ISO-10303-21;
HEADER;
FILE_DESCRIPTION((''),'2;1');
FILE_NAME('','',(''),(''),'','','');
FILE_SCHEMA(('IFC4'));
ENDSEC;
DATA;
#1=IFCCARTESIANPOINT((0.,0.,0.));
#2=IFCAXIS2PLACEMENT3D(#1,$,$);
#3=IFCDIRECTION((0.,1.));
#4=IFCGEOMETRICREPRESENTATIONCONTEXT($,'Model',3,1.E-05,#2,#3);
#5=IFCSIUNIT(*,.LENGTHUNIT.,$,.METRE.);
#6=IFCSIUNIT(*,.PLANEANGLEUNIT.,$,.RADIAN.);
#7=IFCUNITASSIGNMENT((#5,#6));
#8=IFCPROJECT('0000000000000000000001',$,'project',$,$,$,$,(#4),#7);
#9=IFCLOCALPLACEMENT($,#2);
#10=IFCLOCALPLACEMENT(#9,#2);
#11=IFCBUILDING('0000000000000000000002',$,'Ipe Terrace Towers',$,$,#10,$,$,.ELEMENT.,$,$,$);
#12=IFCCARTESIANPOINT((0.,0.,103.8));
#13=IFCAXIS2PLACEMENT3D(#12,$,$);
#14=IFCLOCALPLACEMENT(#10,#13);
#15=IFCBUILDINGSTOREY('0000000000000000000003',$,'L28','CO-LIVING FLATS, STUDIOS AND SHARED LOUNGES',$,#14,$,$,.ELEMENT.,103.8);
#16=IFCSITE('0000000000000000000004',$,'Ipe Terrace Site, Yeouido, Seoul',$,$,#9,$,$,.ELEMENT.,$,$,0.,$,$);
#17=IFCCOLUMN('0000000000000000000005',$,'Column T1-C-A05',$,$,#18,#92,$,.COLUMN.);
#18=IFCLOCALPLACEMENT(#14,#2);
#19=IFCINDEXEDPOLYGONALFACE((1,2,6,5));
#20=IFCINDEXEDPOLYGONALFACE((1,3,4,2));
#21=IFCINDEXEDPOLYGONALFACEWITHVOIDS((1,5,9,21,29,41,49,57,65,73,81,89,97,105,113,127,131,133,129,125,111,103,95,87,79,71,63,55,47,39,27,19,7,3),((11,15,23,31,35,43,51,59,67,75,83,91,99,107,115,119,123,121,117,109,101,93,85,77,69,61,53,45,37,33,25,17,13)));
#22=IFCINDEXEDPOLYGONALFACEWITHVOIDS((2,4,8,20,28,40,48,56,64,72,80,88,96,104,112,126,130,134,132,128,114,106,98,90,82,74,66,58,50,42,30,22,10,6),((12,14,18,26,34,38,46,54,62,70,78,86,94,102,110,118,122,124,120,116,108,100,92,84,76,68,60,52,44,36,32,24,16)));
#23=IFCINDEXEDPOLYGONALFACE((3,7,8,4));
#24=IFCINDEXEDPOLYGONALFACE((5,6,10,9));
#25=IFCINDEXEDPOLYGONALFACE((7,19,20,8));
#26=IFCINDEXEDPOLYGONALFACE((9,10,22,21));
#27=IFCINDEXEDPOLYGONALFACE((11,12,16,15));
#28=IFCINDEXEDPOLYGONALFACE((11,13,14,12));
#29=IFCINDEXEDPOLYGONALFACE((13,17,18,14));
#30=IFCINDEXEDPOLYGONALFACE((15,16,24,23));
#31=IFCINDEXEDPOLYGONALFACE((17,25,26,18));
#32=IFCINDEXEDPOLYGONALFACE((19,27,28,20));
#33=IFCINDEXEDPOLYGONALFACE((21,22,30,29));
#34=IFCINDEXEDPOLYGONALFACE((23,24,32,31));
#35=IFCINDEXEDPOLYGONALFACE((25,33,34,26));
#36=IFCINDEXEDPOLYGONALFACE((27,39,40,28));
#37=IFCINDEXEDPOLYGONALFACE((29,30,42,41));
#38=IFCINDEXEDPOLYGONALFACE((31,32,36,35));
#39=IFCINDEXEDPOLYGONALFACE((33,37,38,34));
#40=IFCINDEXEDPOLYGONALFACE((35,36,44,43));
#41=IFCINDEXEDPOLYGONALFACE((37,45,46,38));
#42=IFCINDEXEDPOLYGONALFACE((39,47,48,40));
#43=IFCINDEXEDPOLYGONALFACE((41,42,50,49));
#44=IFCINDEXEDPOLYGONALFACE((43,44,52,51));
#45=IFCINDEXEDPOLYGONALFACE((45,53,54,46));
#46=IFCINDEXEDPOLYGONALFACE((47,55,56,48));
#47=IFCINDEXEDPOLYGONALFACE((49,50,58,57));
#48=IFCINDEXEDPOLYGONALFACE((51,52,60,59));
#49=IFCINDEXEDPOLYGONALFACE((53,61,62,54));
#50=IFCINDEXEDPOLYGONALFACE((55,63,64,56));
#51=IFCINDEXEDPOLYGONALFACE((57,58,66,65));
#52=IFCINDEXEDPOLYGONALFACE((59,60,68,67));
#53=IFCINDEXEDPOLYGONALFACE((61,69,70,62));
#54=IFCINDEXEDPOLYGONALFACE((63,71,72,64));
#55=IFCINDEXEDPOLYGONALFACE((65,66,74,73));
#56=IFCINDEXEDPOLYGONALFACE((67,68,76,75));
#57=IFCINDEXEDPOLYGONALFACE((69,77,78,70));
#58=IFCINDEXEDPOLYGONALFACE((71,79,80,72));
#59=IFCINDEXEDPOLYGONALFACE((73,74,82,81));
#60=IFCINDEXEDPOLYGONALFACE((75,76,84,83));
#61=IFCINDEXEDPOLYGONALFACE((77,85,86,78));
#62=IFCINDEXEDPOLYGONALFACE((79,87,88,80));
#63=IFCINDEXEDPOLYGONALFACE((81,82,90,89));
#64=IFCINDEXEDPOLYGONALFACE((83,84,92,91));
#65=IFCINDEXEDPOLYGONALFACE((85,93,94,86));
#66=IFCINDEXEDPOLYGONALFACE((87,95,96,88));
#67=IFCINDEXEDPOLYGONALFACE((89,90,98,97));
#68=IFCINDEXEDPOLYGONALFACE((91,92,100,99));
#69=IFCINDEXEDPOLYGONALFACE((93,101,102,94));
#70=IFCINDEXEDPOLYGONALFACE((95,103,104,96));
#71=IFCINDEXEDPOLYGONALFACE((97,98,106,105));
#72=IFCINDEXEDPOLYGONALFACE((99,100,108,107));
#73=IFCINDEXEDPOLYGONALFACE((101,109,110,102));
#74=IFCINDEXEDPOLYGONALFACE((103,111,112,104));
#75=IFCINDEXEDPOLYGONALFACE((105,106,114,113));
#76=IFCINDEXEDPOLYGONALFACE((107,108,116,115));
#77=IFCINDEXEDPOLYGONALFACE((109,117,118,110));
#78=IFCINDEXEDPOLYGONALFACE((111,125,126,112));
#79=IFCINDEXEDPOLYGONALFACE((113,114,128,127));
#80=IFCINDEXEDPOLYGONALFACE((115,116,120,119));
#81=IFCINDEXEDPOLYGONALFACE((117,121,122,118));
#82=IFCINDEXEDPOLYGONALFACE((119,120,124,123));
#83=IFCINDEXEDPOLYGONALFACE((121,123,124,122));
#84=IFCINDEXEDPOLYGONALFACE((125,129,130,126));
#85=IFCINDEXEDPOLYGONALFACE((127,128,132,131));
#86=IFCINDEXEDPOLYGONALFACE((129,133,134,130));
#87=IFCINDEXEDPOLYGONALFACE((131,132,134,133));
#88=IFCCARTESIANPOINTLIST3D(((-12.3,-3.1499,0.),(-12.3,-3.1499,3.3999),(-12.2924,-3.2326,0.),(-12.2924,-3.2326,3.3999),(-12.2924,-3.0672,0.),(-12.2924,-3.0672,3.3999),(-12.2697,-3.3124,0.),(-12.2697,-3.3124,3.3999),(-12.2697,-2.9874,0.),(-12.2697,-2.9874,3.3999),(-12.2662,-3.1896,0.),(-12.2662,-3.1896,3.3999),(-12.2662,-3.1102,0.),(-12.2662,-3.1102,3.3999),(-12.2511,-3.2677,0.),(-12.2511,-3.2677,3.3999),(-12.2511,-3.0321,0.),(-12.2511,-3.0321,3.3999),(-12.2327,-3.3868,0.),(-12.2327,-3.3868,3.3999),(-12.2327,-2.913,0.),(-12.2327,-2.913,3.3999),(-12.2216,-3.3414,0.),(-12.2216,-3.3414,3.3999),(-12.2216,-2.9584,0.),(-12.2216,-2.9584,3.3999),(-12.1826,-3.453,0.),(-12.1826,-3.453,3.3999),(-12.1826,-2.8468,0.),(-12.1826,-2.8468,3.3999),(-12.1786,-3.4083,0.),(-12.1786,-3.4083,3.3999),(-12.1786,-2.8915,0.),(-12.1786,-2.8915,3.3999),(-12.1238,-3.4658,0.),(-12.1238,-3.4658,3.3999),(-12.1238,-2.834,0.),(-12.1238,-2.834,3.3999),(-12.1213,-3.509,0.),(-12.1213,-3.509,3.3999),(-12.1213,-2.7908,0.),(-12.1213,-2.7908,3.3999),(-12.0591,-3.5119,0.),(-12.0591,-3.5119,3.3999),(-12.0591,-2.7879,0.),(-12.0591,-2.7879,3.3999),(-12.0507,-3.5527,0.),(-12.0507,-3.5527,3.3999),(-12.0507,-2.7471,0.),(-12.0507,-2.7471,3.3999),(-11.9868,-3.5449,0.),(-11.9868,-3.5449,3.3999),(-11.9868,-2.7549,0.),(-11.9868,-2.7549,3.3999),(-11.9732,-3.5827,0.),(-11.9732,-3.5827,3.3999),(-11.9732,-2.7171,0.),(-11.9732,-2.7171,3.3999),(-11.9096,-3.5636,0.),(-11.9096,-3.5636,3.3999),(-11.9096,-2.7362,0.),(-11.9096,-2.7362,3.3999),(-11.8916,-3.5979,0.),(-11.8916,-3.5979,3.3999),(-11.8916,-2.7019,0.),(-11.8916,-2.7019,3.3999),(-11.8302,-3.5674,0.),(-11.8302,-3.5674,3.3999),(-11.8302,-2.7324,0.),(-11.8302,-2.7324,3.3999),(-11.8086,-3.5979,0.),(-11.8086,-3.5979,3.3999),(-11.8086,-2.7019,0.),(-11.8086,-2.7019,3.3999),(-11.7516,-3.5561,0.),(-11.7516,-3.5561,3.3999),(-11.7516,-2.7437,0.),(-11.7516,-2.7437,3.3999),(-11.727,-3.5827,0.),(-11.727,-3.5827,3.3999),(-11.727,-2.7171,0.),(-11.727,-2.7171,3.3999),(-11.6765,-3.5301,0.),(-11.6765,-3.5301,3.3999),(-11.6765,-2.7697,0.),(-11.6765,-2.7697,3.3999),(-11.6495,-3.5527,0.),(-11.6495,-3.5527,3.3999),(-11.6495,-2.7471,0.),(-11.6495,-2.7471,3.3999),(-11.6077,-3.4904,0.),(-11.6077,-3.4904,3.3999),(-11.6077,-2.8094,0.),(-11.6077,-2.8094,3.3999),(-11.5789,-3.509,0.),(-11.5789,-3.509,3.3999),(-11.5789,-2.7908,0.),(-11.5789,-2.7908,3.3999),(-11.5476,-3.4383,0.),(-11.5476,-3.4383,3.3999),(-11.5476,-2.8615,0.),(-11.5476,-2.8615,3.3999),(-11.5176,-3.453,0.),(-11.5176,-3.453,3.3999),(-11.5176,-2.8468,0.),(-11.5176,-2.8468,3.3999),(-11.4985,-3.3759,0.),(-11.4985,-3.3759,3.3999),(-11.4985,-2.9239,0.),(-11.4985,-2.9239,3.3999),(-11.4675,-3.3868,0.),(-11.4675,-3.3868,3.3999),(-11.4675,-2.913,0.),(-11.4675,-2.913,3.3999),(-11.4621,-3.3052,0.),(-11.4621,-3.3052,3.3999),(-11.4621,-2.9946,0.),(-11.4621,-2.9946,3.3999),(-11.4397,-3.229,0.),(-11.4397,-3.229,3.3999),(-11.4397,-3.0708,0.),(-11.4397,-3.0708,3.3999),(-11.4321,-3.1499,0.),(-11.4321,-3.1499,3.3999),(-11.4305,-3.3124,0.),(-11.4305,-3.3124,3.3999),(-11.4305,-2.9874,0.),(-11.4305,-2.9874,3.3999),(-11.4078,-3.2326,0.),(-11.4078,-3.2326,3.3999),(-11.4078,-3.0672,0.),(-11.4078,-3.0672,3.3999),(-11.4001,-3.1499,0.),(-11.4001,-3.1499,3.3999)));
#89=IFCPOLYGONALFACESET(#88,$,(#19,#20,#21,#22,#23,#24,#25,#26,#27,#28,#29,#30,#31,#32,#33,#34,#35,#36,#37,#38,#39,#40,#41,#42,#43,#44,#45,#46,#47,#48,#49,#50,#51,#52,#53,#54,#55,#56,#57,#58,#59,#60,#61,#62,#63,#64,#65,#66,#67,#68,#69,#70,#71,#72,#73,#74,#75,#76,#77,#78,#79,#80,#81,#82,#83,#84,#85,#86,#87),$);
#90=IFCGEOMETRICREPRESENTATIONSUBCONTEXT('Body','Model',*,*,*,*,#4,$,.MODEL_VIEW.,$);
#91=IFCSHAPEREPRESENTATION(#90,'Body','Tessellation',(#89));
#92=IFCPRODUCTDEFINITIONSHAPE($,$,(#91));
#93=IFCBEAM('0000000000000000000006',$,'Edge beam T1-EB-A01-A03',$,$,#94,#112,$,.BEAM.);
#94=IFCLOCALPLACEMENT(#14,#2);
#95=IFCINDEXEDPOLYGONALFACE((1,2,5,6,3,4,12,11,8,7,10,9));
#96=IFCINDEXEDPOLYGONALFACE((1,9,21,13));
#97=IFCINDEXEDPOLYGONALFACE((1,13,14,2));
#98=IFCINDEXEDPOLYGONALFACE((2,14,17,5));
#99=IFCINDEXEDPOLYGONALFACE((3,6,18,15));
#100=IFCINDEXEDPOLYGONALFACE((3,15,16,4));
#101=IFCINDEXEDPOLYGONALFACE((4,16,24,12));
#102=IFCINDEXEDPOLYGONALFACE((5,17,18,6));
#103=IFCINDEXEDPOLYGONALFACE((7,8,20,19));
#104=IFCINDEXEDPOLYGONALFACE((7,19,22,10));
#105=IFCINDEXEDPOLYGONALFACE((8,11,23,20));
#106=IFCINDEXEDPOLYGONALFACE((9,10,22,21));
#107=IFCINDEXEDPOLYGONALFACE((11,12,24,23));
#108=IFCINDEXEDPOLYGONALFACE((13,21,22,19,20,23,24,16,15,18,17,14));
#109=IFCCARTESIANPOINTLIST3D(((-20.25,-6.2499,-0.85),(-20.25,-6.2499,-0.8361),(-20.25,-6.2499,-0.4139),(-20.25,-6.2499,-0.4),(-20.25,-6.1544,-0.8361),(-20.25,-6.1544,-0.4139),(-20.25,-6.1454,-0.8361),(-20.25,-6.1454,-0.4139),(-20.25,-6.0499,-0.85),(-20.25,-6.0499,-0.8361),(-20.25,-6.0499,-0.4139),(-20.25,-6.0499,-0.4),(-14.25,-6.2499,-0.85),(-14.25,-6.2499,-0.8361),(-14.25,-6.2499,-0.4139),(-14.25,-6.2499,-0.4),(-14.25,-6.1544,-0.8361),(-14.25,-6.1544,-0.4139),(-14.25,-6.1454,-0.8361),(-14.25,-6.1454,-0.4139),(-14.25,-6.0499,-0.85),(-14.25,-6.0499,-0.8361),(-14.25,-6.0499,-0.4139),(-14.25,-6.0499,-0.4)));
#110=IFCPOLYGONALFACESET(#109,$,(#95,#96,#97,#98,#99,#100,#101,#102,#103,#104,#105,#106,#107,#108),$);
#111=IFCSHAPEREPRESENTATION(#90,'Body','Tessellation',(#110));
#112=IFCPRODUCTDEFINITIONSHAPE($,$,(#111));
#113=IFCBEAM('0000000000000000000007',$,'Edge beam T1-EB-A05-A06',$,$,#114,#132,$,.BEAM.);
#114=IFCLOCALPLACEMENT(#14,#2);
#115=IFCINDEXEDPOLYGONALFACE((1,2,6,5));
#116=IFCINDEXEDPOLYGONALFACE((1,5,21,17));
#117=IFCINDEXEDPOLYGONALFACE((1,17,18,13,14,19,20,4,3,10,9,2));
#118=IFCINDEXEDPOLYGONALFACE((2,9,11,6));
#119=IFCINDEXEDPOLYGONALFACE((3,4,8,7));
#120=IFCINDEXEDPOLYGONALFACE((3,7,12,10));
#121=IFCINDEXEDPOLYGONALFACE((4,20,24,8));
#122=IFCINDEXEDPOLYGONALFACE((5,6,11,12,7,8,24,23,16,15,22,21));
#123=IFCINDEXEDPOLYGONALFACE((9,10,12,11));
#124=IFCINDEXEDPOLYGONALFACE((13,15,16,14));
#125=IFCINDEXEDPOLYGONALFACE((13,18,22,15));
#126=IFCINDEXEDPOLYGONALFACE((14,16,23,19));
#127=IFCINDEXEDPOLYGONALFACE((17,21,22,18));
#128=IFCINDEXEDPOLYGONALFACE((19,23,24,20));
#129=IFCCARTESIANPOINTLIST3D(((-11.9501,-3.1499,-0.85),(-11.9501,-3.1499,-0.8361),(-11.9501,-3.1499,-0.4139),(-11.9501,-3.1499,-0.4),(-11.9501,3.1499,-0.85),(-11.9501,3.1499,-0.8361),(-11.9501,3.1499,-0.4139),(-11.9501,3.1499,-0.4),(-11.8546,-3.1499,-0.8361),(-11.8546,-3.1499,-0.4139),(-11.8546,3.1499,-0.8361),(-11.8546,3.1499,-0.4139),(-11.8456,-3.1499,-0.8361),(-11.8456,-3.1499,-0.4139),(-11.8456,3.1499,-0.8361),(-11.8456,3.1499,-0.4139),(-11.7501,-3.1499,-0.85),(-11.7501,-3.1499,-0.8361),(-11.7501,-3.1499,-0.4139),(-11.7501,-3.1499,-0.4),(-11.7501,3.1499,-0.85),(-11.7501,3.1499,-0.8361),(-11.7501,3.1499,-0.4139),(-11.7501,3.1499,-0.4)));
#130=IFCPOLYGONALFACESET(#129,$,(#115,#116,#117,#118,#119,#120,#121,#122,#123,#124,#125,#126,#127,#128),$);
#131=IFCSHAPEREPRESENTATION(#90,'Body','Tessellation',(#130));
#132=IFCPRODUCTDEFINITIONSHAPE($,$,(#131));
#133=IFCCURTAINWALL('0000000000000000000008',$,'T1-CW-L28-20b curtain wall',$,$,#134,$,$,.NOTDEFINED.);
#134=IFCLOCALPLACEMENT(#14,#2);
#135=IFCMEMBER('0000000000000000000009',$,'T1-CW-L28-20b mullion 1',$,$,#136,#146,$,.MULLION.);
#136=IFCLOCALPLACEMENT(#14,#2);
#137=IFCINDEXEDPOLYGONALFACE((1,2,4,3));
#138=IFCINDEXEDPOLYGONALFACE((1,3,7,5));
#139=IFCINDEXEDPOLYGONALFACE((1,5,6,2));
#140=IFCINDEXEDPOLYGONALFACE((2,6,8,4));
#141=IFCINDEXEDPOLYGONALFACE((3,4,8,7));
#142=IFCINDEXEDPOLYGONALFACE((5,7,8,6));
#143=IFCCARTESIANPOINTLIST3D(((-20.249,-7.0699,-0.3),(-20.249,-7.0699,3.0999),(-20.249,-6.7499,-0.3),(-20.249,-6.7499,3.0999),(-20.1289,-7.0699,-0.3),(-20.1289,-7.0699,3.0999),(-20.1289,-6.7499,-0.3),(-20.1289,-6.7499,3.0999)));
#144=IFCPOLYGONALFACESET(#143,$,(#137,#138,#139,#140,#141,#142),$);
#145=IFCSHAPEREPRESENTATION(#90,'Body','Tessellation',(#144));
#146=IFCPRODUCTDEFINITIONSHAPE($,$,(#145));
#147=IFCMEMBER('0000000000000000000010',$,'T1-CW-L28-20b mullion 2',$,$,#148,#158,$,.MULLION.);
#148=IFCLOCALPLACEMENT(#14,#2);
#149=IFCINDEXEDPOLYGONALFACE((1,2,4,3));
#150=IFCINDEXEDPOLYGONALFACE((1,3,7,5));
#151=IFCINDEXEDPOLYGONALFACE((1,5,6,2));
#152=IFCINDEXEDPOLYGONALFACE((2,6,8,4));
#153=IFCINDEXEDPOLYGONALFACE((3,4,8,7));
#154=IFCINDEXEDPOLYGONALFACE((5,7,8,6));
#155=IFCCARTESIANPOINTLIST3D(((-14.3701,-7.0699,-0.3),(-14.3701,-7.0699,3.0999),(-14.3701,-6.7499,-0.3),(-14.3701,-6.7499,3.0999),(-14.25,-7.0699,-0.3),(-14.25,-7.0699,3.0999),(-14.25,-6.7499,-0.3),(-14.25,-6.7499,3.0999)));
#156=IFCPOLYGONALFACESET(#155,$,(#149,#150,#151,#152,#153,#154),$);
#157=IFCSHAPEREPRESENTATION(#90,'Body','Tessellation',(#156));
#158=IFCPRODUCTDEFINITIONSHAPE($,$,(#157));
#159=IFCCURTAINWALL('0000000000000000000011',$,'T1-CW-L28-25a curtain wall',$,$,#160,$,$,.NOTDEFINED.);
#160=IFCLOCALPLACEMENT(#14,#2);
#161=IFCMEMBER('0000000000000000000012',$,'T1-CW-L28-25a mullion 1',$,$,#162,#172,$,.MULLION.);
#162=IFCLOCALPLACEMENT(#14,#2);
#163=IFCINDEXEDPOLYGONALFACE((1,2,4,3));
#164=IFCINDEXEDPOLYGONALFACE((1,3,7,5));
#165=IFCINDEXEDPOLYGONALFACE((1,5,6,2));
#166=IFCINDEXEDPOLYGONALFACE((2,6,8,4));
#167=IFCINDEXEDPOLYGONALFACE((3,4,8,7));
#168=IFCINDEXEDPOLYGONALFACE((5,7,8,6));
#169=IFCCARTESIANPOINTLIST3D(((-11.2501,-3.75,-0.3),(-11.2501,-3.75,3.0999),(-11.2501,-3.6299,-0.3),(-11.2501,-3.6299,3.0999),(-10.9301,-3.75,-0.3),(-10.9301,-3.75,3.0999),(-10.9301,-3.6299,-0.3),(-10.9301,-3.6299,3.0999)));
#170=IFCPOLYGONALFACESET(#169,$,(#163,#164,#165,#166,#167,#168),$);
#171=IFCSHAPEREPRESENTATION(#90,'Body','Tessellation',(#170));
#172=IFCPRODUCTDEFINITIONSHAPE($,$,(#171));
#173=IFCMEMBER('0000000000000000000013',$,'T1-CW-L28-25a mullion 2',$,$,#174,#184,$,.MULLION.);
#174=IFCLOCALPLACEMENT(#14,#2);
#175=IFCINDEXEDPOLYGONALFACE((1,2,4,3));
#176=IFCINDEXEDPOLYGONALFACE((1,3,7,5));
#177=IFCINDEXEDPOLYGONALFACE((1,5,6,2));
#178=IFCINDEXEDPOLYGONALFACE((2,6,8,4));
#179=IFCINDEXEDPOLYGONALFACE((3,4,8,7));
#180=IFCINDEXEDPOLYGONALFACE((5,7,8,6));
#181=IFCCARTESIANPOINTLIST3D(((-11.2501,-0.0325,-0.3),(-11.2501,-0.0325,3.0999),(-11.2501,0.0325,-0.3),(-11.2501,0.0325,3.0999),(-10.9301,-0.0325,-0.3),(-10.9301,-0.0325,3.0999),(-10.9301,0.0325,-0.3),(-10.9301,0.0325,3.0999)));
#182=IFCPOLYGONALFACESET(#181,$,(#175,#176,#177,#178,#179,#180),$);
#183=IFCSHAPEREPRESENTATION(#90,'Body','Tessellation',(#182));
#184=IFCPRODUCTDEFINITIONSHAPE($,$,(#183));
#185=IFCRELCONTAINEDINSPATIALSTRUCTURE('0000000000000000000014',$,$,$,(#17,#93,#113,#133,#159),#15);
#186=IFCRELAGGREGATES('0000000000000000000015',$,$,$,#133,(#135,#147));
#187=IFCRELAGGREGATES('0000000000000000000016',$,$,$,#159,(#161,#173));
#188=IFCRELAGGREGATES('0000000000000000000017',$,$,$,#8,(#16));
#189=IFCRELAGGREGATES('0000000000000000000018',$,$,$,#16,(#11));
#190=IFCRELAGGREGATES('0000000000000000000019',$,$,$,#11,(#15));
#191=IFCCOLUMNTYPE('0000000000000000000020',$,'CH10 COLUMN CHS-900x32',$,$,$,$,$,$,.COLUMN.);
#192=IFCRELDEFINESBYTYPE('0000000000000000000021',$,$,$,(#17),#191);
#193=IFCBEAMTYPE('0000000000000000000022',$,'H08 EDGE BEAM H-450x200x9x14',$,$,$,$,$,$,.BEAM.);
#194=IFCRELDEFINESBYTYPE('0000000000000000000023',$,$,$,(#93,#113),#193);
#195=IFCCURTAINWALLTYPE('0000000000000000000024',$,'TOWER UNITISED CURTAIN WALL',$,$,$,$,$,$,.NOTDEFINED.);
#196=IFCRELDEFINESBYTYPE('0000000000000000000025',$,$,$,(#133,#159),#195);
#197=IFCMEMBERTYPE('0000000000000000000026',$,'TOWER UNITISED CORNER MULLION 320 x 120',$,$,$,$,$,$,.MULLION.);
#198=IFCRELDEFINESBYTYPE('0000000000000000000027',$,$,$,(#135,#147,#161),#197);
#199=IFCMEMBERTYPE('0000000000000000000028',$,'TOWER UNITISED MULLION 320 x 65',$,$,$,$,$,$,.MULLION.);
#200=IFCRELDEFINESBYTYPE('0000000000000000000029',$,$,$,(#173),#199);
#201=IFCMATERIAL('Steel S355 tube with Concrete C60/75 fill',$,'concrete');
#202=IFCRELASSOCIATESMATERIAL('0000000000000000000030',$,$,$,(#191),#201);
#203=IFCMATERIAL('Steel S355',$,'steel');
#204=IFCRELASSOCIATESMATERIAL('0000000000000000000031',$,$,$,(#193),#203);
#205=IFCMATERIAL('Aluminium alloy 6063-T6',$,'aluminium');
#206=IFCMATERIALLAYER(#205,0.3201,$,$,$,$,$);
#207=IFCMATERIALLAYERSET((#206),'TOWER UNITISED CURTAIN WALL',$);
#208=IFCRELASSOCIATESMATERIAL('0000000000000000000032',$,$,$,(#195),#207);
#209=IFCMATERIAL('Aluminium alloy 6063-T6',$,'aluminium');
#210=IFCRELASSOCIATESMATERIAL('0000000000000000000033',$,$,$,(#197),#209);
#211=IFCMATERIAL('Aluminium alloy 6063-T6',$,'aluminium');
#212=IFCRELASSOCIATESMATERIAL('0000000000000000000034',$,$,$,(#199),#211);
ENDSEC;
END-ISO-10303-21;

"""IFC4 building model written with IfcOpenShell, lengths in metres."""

from ifc_helpers import new_model, si_unit, direction, frame, origin, origin_2d, place, context, subcontext, project, spatial, rectangle, hollow_circle, i_section, extrude, material, layer, layer_set, material_profile, profile_set, type_object, element, aggregate, save


model = new_model("IFC4")

# Units and contexts
model_context = context("Model", 3, precision=1e-05, world=origin(), true_north=direction((0.0, 1.0)))
body_context = subcontext(model_context, "Body", "Model", "MODEL_VIEW")
ifc_project = project(units=[si_unit("LENGTHUNIT", "METRE"), si_unit("PLANEANGLEUNIT", "RADIAN")], contexts=[model_context])

# Site, building, storey
site_placement = place(None, origin())
site = spatial("IfcSite", under=ifc_project, at=site_placement, Name="Ipe Terrace Site, Yeouido, Seoul", CompositionType="ELEMENT", RefElevation=0.0)
building_placement = place(site_placement, origin())
building = spatial("IfcBuilding", under=site, at=building_placement, Name="Ipe Terrace Towers", CompositionType="ELEMENT")
storey_placement = place(building_placement, frame((0.0, 0.0, 103.8)))
storey = spatial("IfcBuildingStorey", under=building, at=storey_placement, Name="L28", Description="CO-LIVING FLATS, STUDIOS AND SHARED LOUNGES", CompositionType="ELEMENT", Elevation=103.8)

# Column
ifc_material_1 = material(Name="Steel S355 tube with Concrete C60/75 fill", Category="concrete")
ifc_material_profile_1 = material_profile(ifc_material_1, hollow_circle(Radius=0.45, WallThickness=0.032, at=origin_2d()), Name="CHS-900x32")
ifc_profile_set_1 = profile_set([ifc_material_profile_1], Name="Steel S355 tube with Concrete C60/75 fill")
column_type = type_object("IfcColumnType", Name="CH10 COLUMN CHS-900x32", PredefinedType="COLUMN", material=ifc_profile_set_1)
for number, where, z_axis, x_axis, name in (
    (1, (-11.8501, -3.1499, 0.0), (0.0, 0.0, 1.0), (1.0, 0.0, 0.0), "Column T1-C-A05"),
):
    element("IfcColumn", number, at=place(storey_placement, frame(where, z_axis=z_axis, x_axis=x_axis)), inside=storey, type_object=column_type, Name=name, PredefinedType="COLUMN", context=body_context, shape_type="SweptSolid", body=[
        extrude(hollow_circle(Radius=0.45, WallThickness=0.032, at=origin_2d()), origin(), (0.0, 0.0, 1.0), 3.3999),
    ])

# Beams
ifc_material_2 = material(Name="Steel S355", Category="steel")
ifc_material_profile_2 = material_profile(ifc_material_2, i_section(OverallWidth=0.2, OverallDepth=0.45, WebThickness=0.009, FlangeThickness=0.0139, at=origin_2d()), Name="H-450x200x9x14")
ifc_profile_set_2 = profile_set([ifc_material_profile_2], Name="Steel S355")
beam_type = type_object("IfcBeamType", Name="H08 EDGE BEAM H-450x200x9x14", PredefinedType="BEAM", material=ifc_profile_set_2)
beam_1_placement = place(storey_placement, frame((-20.25, -6.1499, -0.625), z_axis=(1.0, 0.0, 0.0), x_axis=(0.0, 1.0, 0.0)))
element("IfcBeam", 2, at=beam_1_placement, inside=storey, type_object=beam_type, Name="Edge beam T1-EB-A01-A03", PredefinedType="BEAM", context=body_context, shape_type="SweptSolid", body=[
    extrude(i_section(OverallWidth=0.2, OverallDepth=0.45, WebThickness=0.009, FlangeThickness=0.0139, at=origin_2d()), origin(), (0.0, 0.0, 1.0), 6.0),
])
beam_2_placement = place(storey_placement, frame((-11.8501, -3.1499, -0.625), z_axis=(0.0, 1.0, 0.0), x_axis=(-1.0, 0.0, 0.0)))
element("IfcBeam", 3, at=beam_2_placement, inside=storey, type_object=beam_type, Name="Edge beam T1-EB-A05-A06", PredefinedType="BEAM", context=body_context, shape_type="SweptSolid", body=[
    extrude(i_section(OverallWidth=0.2, OverallDepth=0.45, WebThickness=0.009, FlangeThickness=0.0139, at=origin_2d()), origin(), (0.0, 0.0, 1.0), 6.2998),
])

# Curtain walls, members
ifc_material_3 = material(Name="Aluminium alloy 6063-T6", Category="aluminium")
ifc_layer_1 = layer(ifc_material_3, 0.3201)
ifc_layer_set_1 = layer_set([ifc_layer_1], Name="TOWER UNITISED CURTAIN WALL")
curtain_wall_type = type_object("IfcCurtainWallType", Name="TOWER UNITISED CURTAIN WALL", PredefinedType="NOTDEFINED", material=ifc_layer_set_1)
curtain_wall_1_placement = place(storey_placement, origin())
curtain_wall_1 = element("IfcCurtainWall", 4, at=curtain_wall_1_placement, inside=storey, type_object=curtain_wall_type, Name="T1-CW-L28-20b curtain wall", PredefinedType="NOTDEFINED")
ifc_material_4 = material(Name="Aluminium alloy 6063-T6", Category="aluminium")
ifc_material_profile_3 = material_profile(ifc_material_4, rectangle(XDim=0.3201, YDim=0.1201, at=origin_2d()), Name="TOWER UNITISED CORNER MULLION 320 x 120")
ifc_profile_set_3 = profile_set([ifc_material_profile_3], Name="Aluminium alloy 6063-T6")
member_type_1 = type_object("IfcMemberType", Name="TOWER UNITISED CORNER MULLION 320 x 120", PredefinedType="MULLION", material=ifc_profile_set_3)
member_1_placement = place(storey_placement, frame((-20.189, -6.9099, -0.3), z_axis=(0.0, 0.0, 1.0), x_axis=(0.0, -1.0, 0.0)))
member_1 = element("IfcMember", 5, at=member_1_placement, type_object=member_type_1, Name="T1-CW-L28-20b mullion 1", PredefinedType="MULLION", context=body_context, shape_type="SweptSolid", body=[
    extrude(rectangle(XDim=0.3201, YDim=0.1201, at=origin_2d()), origin(), (0.0, 0.0, 1.0), 3.3999),
])
member_2_placement = place(storey_placement, frame((-14.3101, -6.9099, -0.3), z_axis=(0.0, 0.0, 1.0), x_axis=(0.0, -1.0, 0.0)))
member_2 = element("IfcMember", 6, at=member_2_placement, type_object=member_type_1, Name="T1-CW-L28-20b mullion 2", PredefinedType="MULLION", context=body_context, shape_type="SweptSolid", body=[
    extrude(rectangle(XDim=0.3201, YDim=0.1201, at=origin_2d()), origin(), (0.0, 0.0, 1.0), 3.3999),
])
curtain_wall_2_placement = place(storey_placement, origin())
curtain_wall_2 = element("IfcCurtainWall", 7, at=curtain_wall_2_placement, inside=storey, type_object=curtain_wall_type, Name="T1-CW-L28-25a curtain wall", PredefinedType="NOTDEFINED")
member_3_placement = place(storey_placement, frame((-11.0901, -3.6899, -0.3), z_axis=(0.0, 0.0, 1.0), x_axis=(1.0, 0.0, 0.0)))
member_3 = element("IfcMember", 8, at=member_3_placement, type_object=member_type_1, Name="T1-CW-L28-25a mullion 1", PredefinedType="MULLION", context=body_context, shape_type="SweptSolid", body=[
    extrude(rectangle(XDim=0.3201, YDim=0.1201, at=origin_2d()), origin(), (0.0, 0.0, 1.0), 3.3999),
])
ifc_material_5 = material(Name="Aluminium alloy 6063-T6", Category="aluminium")
ifc_material_profile_4 = material_profile(ifc_material_5, rectangle(XDim=0.3201, YDim=0.0649, at=origin_2d()), Name="TOWER UNITISED MULLION 320 x 65")
ifc_profile_set_4 = profile_set([ifc_material_profile_4], Name="Aluminium alloy 6063-T6")
member_type_2 = type_object("IfcMemberType", Name="TOWER UNITISED MULLION 320 x 65", PredefinedType="MULLION", material=ifc_profile_set_4)
member_4_placement = place(storey_placement, frame((-11.0901, 0.0, -0.3), z_axis=(0.0, 0.0, 1.0), x_axis=(1.0, 0.0, 0.0)))
member_4 = element("IfcMember", 9, at=member_4_placement, type_object=member_type_2, Name="T1-CW-L28-25a mullion 2", PredefinedType="MULLION", context=body_context, shape_type="SweptSolid", body=[
    extrude(rectangle(XDim=0.3201, YDim=0.0649, at=origin_2d()), origin(), (0.0, 0.0, 1.0), 3.3999),
])

aggregate(curtain_wall_1, [member_1, member_2])
aggregate(curtain_wall_2, [member_3, member_4])

save(model, "model.ifc")
